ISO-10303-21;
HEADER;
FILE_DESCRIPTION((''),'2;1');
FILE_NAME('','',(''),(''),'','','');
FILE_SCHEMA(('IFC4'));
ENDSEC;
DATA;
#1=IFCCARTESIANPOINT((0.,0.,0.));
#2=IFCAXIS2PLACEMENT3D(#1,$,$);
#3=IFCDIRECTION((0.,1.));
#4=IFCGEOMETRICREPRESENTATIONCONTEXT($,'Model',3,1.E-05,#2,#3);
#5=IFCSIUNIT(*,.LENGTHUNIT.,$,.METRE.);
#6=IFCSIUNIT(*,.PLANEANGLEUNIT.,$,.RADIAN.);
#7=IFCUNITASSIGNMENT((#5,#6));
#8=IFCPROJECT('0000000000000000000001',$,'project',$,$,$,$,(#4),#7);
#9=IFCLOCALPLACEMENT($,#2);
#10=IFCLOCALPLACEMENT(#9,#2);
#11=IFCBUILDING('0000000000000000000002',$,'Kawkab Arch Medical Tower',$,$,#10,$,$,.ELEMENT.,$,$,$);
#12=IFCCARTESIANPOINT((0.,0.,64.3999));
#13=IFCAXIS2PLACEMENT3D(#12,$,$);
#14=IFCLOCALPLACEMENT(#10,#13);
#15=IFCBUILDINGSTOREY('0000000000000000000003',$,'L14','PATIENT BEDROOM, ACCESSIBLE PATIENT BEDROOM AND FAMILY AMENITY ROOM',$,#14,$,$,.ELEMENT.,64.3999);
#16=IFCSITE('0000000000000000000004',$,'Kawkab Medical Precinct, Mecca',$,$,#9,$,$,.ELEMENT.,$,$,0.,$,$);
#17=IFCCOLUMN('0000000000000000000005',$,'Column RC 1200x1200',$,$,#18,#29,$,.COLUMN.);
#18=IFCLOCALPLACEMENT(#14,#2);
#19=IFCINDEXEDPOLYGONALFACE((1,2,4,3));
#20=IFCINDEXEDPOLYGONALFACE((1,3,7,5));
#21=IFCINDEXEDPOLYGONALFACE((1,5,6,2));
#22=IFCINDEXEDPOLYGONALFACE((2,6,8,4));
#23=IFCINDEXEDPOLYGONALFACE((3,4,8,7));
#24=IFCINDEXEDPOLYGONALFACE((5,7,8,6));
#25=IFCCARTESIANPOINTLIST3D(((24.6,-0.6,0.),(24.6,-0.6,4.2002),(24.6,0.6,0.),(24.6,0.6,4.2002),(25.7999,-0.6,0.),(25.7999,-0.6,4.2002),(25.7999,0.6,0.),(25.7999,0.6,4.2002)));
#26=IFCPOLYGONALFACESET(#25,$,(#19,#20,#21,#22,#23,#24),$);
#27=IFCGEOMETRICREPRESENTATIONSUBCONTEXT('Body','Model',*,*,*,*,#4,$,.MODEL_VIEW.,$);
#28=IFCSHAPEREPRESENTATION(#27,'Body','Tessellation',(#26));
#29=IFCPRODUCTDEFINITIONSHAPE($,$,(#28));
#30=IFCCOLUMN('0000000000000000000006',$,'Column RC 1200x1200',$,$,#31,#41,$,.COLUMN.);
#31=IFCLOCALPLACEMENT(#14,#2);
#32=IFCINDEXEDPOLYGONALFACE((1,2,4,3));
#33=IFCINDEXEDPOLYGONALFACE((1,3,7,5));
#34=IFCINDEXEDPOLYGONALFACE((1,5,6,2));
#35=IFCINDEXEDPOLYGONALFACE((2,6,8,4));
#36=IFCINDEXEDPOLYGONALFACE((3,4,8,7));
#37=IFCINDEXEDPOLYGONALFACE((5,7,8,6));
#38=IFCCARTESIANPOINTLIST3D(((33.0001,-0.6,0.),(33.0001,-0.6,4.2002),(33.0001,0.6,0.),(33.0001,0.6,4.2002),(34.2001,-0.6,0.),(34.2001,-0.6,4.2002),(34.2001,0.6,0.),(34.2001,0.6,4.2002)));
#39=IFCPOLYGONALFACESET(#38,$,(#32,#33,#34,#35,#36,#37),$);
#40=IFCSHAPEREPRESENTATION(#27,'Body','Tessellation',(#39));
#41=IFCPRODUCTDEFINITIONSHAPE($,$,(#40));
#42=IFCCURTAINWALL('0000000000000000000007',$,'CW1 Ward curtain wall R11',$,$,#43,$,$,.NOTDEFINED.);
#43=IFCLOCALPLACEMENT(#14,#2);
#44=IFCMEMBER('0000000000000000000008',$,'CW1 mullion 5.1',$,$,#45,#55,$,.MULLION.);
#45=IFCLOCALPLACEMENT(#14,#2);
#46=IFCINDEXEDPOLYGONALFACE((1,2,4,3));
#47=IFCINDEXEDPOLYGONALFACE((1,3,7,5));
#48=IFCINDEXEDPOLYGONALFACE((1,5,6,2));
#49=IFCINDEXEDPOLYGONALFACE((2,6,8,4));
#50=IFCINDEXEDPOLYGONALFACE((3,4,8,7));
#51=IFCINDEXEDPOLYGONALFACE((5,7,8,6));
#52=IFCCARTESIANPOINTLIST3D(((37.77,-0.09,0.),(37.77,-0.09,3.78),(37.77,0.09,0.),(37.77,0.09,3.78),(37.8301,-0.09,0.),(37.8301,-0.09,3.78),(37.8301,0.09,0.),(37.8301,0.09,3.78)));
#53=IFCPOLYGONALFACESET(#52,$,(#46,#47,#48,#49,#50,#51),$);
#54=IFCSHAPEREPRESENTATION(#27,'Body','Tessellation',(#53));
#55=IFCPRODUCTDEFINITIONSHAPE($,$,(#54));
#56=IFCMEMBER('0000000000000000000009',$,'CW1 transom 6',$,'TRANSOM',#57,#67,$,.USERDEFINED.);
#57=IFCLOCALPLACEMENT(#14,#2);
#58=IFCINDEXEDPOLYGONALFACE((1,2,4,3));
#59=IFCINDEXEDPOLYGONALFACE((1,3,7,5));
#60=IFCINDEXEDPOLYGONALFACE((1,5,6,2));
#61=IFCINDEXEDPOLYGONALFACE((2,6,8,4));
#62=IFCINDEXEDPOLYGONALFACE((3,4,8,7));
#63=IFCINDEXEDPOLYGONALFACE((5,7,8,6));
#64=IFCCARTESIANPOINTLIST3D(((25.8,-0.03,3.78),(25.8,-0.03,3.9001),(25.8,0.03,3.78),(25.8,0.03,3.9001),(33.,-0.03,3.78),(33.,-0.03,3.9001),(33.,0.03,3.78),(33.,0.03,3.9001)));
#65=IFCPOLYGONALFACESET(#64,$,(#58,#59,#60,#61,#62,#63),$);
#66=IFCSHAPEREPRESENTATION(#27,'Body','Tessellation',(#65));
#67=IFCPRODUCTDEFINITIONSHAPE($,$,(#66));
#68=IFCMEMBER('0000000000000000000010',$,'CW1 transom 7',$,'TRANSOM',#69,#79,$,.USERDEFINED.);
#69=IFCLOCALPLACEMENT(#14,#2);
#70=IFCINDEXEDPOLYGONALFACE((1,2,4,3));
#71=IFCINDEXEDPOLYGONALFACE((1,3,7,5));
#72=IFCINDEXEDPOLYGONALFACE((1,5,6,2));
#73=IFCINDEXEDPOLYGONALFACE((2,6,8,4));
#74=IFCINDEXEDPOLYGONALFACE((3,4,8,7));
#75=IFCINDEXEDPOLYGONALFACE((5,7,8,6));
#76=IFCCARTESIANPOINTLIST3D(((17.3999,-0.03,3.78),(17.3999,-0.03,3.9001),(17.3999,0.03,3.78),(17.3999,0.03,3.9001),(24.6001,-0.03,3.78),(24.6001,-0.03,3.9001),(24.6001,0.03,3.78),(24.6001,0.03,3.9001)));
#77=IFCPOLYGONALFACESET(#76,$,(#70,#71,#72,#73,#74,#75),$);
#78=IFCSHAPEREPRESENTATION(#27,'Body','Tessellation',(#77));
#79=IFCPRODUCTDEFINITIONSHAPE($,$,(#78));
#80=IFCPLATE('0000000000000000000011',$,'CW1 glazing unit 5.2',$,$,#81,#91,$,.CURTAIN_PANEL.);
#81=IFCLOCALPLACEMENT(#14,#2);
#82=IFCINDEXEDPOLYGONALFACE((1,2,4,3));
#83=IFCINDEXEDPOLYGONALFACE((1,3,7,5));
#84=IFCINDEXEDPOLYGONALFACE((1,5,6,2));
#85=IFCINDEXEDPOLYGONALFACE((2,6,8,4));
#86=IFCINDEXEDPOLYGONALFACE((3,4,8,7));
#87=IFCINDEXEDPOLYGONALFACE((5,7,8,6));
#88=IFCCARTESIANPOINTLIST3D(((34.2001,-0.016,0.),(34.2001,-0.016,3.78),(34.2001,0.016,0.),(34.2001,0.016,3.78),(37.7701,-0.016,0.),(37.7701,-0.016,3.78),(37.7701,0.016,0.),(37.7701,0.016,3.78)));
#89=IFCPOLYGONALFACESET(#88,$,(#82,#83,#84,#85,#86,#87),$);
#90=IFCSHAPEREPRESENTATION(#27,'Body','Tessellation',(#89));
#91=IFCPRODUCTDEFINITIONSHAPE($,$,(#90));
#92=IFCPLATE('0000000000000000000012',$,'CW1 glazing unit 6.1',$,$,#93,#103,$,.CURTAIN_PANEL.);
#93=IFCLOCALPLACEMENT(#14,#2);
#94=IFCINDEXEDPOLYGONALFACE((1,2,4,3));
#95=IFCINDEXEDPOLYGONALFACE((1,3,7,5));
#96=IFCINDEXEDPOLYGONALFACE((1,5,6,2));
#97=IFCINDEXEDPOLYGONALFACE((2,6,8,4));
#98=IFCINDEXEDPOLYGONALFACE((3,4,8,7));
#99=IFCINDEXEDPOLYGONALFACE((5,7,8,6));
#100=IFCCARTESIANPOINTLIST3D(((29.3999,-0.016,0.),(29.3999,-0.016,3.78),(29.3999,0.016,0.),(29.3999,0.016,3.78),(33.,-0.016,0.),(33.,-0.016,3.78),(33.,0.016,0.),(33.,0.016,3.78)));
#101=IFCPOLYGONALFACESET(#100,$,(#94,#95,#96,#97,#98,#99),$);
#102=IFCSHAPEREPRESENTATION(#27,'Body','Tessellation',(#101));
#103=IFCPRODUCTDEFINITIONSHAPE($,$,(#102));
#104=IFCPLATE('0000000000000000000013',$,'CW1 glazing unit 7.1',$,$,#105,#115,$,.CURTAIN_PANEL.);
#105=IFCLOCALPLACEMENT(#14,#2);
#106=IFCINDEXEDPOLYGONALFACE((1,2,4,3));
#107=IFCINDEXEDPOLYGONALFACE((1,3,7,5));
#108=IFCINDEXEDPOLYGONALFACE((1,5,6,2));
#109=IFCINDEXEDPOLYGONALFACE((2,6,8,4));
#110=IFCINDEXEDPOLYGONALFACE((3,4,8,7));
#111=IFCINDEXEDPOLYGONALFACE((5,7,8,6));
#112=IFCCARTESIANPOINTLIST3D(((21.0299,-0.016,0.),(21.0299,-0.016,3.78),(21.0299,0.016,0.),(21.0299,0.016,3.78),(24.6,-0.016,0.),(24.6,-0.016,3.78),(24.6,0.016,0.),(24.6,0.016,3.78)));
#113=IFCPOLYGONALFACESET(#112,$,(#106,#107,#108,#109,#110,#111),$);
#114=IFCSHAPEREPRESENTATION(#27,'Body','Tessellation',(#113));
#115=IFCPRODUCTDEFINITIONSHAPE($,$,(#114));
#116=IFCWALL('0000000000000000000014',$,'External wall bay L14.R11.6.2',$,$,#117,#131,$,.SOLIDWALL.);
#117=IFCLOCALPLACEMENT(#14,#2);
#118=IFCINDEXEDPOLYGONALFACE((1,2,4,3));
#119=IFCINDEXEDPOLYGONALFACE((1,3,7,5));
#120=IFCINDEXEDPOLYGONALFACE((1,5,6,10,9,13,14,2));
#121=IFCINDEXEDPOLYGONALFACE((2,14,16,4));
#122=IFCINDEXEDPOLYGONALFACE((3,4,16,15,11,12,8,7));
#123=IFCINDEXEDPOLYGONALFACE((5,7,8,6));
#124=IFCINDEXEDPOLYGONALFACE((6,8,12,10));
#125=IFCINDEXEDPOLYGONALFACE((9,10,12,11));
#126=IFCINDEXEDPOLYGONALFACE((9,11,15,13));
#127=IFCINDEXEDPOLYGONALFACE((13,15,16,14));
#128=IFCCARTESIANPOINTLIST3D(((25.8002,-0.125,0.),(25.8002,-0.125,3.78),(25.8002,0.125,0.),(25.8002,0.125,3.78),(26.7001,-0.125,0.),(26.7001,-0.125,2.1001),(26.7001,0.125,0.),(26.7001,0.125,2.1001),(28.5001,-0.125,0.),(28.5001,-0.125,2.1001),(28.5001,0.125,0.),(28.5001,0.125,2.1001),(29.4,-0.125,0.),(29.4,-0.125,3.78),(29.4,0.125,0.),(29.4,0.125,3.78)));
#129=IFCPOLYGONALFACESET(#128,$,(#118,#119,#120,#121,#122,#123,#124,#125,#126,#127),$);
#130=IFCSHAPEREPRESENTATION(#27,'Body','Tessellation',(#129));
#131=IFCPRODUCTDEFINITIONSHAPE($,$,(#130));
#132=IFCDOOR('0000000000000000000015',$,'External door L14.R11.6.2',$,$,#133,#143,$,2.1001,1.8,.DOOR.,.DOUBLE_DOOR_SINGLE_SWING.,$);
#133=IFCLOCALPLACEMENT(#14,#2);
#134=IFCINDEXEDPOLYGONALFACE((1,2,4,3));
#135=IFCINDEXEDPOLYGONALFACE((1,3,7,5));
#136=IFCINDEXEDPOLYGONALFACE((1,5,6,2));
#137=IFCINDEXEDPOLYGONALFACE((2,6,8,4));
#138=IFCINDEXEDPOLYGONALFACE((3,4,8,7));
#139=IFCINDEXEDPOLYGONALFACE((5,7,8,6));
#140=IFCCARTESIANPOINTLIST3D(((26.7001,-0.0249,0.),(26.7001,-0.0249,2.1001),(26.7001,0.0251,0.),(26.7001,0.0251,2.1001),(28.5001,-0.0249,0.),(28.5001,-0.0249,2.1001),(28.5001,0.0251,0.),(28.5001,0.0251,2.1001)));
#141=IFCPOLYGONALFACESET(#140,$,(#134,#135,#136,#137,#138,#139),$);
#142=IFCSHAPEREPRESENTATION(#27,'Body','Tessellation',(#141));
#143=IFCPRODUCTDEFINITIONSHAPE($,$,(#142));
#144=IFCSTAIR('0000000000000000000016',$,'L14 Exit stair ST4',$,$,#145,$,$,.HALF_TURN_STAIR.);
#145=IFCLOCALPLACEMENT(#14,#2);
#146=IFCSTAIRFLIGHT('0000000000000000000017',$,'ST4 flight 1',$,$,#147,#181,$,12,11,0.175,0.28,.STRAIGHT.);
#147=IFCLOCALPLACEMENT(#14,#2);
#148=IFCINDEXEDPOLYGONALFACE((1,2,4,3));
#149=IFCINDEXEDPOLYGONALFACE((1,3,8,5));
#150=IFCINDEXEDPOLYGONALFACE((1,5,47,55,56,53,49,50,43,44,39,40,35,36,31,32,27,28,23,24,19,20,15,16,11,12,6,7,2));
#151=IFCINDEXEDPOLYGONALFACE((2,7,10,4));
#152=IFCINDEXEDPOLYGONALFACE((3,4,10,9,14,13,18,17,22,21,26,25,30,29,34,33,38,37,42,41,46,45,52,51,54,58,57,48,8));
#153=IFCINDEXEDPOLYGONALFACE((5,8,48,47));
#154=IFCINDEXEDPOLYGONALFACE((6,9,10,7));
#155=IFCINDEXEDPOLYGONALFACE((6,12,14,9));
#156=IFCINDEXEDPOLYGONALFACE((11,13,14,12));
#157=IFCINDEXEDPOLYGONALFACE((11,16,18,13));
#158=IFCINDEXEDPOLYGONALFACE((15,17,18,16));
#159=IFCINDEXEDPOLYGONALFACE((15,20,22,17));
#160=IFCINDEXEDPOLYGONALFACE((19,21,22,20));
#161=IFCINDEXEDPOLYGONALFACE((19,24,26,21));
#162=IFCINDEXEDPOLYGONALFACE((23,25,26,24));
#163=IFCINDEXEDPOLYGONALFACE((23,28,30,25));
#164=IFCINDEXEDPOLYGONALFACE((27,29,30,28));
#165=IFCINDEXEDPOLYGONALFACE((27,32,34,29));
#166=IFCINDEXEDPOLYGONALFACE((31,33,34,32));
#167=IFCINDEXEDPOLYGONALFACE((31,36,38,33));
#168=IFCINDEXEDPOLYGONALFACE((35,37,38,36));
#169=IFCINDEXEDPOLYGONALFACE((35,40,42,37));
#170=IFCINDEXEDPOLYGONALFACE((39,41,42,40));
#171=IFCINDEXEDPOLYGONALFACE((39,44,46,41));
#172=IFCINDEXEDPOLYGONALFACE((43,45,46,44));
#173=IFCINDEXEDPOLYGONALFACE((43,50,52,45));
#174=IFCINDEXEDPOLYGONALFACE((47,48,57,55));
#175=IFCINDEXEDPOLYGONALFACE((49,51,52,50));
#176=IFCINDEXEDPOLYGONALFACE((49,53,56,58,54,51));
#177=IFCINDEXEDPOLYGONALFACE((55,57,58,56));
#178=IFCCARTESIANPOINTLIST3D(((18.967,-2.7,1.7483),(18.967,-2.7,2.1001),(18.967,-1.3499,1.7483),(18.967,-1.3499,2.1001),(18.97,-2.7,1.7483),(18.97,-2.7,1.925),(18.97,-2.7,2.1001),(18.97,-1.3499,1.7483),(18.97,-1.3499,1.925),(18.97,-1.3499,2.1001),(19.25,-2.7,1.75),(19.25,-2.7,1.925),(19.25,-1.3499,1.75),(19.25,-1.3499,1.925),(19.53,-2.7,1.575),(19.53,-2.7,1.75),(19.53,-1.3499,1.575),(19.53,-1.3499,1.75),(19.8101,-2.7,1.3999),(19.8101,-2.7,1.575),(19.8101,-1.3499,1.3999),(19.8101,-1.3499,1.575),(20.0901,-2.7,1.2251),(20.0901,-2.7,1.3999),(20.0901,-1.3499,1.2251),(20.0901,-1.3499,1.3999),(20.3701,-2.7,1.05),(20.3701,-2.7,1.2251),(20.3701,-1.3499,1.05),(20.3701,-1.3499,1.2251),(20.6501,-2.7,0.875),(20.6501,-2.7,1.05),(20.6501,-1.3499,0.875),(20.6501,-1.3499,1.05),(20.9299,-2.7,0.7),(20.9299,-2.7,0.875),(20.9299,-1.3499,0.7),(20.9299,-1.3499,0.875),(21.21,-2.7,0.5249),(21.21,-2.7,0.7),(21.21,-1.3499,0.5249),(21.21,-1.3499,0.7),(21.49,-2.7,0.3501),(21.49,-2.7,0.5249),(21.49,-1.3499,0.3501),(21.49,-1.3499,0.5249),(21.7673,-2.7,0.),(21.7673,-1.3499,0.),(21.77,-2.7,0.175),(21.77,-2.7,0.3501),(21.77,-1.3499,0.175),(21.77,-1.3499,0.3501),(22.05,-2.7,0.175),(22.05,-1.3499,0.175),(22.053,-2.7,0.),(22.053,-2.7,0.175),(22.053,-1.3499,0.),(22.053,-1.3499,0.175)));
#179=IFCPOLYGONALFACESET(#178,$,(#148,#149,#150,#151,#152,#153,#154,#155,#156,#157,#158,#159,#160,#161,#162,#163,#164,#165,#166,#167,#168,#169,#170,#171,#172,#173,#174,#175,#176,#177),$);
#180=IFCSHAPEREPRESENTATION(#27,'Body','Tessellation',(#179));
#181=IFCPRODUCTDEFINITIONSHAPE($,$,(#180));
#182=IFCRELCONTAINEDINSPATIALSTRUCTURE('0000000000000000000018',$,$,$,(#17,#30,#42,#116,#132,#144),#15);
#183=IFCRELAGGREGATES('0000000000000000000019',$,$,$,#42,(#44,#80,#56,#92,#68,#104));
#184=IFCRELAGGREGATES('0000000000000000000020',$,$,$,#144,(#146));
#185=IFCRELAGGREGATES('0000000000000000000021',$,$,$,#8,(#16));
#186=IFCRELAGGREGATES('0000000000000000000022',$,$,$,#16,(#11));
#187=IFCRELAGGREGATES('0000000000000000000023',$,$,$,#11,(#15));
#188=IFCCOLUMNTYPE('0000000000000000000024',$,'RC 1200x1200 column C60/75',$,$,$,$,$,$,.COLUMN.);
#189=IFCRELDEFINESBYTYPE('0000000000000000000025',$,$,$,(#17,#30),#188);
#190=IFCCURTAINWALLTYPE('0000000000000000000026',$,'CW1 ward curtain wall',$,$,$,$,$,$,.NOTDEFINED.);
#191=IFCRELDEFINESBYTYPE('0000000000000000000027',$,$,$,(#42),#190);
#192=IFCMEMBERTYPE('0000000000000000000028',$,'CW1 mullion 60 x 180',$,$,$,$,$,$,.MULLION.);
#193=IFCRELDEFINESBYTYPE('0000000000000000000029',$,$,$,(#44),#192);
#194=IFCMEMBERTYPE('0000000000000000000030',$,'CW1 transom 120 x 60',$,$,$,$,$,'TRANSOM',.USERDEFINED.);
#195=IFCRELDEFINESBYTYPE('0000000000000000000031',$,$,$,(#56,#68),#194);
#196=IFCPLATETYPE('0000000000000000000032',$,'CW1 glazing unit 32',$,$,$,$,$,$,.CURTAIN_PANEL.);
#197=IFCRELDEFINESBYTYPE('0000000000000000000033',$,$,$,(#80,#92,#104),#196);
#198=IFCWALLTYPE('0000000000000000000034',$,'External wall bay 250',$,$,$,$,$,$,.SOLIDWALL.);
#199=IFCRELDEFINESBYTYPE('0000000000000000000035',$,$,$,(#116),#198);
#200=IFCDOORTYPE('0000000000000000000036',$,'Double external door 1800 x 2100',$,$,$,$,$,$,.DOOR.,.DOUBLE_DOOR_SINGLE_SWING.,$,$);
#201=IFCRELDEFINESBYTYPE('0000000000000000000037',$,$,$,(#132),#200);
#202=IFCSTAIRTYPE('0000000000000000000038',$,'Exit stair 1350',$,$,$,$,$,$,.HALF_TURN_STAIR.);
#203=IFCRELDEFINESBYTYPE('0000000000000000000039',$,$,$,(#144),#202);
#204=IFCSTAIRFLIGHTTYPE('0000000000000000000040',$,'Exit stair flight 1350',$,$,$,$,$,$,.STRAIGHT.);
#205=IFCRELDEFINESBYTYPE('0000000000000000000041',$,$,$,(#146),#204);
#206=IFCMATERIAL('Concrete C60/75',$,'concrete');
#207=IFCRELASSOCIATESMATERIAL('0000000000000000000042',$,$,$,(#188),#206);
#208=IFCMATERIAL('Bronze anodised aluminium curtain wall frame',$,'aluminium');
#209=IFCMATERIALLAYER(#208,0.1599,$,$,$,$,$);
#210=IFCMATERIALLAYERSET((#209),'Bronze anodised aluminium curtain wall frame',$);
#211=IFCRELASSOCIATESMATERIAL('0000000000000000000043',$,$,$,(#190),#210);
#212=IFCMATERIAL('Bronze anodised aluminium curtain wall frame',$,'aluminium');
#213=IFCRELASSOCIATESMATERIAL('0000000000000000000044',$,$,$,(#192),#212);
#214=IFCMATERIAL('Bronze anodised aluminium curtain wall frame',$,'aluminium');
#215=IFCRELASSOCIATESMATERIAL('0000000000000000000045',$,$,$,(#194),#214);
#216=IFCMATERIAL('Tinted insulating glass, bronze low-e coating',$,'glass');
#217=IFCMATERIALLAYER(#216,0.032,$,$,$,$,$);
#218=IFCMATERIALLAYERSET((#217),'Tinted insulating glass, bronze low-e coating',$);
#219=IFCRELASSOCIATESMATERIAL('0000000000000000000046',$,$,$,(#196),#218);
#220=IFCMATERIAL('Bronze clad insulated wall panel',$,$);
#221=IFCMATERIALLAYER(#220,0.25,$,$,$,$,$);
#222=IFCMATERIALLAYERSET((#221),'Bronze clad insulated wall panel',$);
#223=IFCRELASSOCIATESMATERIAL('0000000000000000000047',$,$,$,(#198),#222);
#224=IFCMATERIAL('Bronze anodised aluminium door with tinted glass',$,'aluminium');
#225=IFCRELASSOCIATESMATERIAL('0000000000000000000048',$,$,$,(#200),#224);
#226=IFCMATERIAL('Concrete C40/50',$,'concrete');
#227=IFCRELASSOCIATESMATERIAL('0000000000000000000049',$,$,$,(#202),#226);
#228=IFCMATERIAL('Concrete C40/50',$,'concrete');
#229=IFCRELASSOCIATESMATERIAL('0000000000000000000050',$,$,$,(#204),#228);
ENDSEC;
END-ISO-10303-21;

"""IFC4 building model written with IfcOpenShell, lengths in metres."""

from ifc_helpers import new_model, si_unit, direction, frame, frame_2d, origin, origin_2d, place, context, subcontext, project, spatial, polyline, rectangle, outline, extrude, material, layer, layer_set, material_profile, profile_set, type_object, element, fill, aggregate, save


model = new_model("IFC4")

# Units and contexts
model_context = context("Model", 3, precision=1e-05, world=origin(), true_north=direction((0.0, 1.0)))
body_context = subcontext(model_context, "Body", "Model", "MODEL_VIEW")
ifc_project = project(units=[si_unit("LENGTHUNIT", "METRE"), si_unit("PLANEANGLEUNIT", "RADIAN")], contexts=[model_context])

# Site, building, storey
site_placement = place(None, origin())
site = spatial("IfcSite", under=ifc_project, at=site_placement, Name="Kawkab Medical Precinct, Mecca", CompositionType="ELEMENT", RefElevation=0.0)
building_placement = place(site_placement, origin())
building = spatial("IfcBuilding", under=site, at=building_placement, Name="Kawkab Arch Medical Tower", CompositionType="ELEMENT")
storey_placement = place(building_placement, frame((0.0, 0.0, 64.3999)))
storey = spatial("IfcBuildingStorey", under=building, at=storey_placement, Name="L14", Description="PATIENT BEDROOM, ACCESSIBLE PATIENT BEDROOM AND FAMILY AMENITY ROOM", CompositionType="ELEMENT", Elevation=64.3999)

# Columns
ifc_material_1 = material(Name="Concrete C60/75", Category="concrete")
ifc_material_profile_1 = material_profile(ifc_material_1, rectangle(XDim=1.2, YDim=1.2, at=origin_2d()), Name="RC 1200x1200")
ifc_profile_set_1 = profile_set([ifc_material_profile_1], Name="Concrete C60/75")
column_type = type_object("IfcColumnType", Name="RC 1200x1200 column C60/75", PredefinedType="COLUMN", material=ifc_profile_set_1)
for number, where, z_axis, x_axis, name in (
    (1, (25.2, 0.0, 0.0), (0.0, 0.0, 1.0), (1.0, 0.0, 0.0), "Column RC 1200x1200"),
    (2, (33.6001, 0.0, 0.0), (0.0, 0.0, 1.0), (1.0, 0.0, 0.0), "Column RC 1200x1200"),
):
    element("IfcColumn", number, at=place(storey_placement, frame(where, z_axis=z_axis, x_axis=x_axis)), inside=storey, type_object=column_type, Name=name, PredefinedType="COLUMN", context=body_context, shape_type="SweptSolid", body=[
        extrude(rectangle(XDim=1.2, YDim=1.2, at=origin_2d()), origin(), (0.0, 0.0, 1.0), 4.2002),
    ])

# Curtain wall, members, plates
ifc_material_2 = material(Name="Bronze anodised aluminium curtain wall frame", Category="aluminium")
ifc_layer_1 = layer(ifc_material_2, 0.1599)
ifc_layer_set_1 = layer_set([ifc_layer_1], Name="Bronze anodised aluminium curtain wall frame")
curtain_wall_type = type_object("IfcCurtainWallType", Name="CW1 ward curtain wall", PredefinedType="NOTDEFINED", material=ifc_layer_set_1)
placement = place(storey_placement, origin())
curtain_wall = element("IfcCurtainWall", 3, at=placement, inside=storey, type_object=curtain_wall_type, Name="CW1 Ward curtain wall R11", PredefinedType="NOTDEFINED")
ifc_material_3 = material(Name="Bronze anodised aluminium curtain wall frame", Category="aluminium")
ifc_material_profile_2 = material_profile(ifc_material_3, rectangle(XDim=0.1799, YDim=0.0601, at=origin_2d()), Name="AL 60x180")
ifc_profile_set_2 = profile_set([ifc_material_profile_2], Name="Bronze anodised aluminium curtain wall frame")
member_type_1 = type_object("IfcMemberType", Name="CW1 mullion 60 x 180", PredefinedType="MULLION", material=ifc_profile_set_2)
member_1_placement = place(storey_placement, frame((37.8, 0.0, 0.0), z_axis=(0.0, 0.0, 1.0), x_axis=(0.0, -1.0, 0.0)))
member_1 = element("IfcMember", 4, at=member_1_placement, type_object=member_type_1, Name="CW1 mullion 5.1", PredefinedType="MULLION", context=body_context, shape_type="SweptSolid", body=[
    extrude(rectangle(XDim=0.1799, YDim=0.0601, at=origin_2d()), origin(), (0.0, 0.0, 1.0), 3.78),
])
ifc_material_4 = material(Name="Bronze anodised aluminium curtain wall frame", Category="aluminium")
ifc_material_profile_3 = material_profile(ifc_material_4, rectangle(XDim=0.0601, YDim=0.1201, at=origin_2d()), Name="AL 60x120")
ifc_profile_set_3 = profile_set([ifc_material_profile_3], Name="Bronze anodised aluminium curtain wall frame")
member_type_2 = type_object("IfcMemberType", Name="CW1 transom 120 x 60", ElementType="TRANSOM", PredefinedType="USERDEFINED", material=ifc_profile_set_3)
member_2_placement = place(storey_placement, frame((33.0, 0.0, 3.8401), z_axis=(-1.0, 0.0, 0.0), x_axis=(0.0, -1.0, 0.0)))
member_2 = element("IfcMember", 5, at=member_2_placement, type_object=member_type_2, Name="CW1 transom 6", ObjectType="TRANSOM", PredefinedType="USERDEFINED", context=body_context, shape_type="SweptSolid", body=[
    extrude(rectangle(XDim=0.0601, YDim=0.1201, at=origin_2d()), origin(), (0.0, 0.0, 1.0), 7.2),
])
member_3_placement = place(storey_placement, frame((24.6001, 0.0, 3.8401), z_axis=(-1.0, 0.0, 0.0), x_axis=(0.0, -1.0, 0.0)))
member_3 = element("IfcMember", 6, at=member_3_placement, type_object=member_type_2, Name="CW1 transom 7", ObjectType="TRANSOM", PredefinedType="USERDEFINED", context=body_context, shape_type="SweptSolid", body=[
    extrude(rectangle(XDim=0.0601, YDim=0.1201, at=origin_2d()), origin(), (0.0, 0.0, 1.0), 7.2002),
])
ifc_material_5 = material(Name="Tinted insulating glass, bronze low-e coating", Category="glass")
ifc_layer_2 = layer(ifc_material_5, 0.032)
ifc_layer_set_2 = layer_set([ifc_layer_2], Name="Tinted insulating glass, bronze low-e coating")
plate_type = type_object("IfcPlateType", Name="CW1 glazing unit 32", PredefinedType="CURTAIN_PANEL", material=ifc_layer_set_2)
plate_1_placement = place(storey_placement, frame((35.9851, 0.0, 0.0), z_axis=(0.0, 0.0, 1.0), x_axis=(-1.0, 0.0, 0.0)))
plate_1 = element("IfcPlate", 7, at=plate_1_placement, type_object=plate_type, Name="CW1 glazing unit 5.2", PredefinedType="CURTAIN_PANEL", context=body_context, shape_type="SweptSolid", body=[
    extrude(rectangle(XDim=3.5701, YDim=0.032, at=origin_2d()), origin(), (0.0, 0.0, 1.0), 3.78),
])
plate_2_placement = place(storey_placement, frame((31.2, 0.0, 0.0), z_axis=(0.0, 0.0, 1.0), x_axis=(-1.0, 0.0, 0.0)))
plate_2 = element("IfcPlate", 8, at=plate_2_placement, type_object=plate_type, Name="CW1 glazing unit 6.1", PredefinedType="CURTAIN_PANEL", context=body_context, shape_type="SweptSolid", body=[
    extrude(rectangle(XDim=3.6001, YDim=0.032, at=origin_2d()), origin(), (0.0, 0.0, 1.0), 3.78),
])
plate_3_placement = place(storey_placement, frame((22.8149, 0.0, 0.0), z_axis=(0.0, 0.0, 1.0), x_axis=(-1.0, 0.0, 0.0)))
plate_3 = element("IfcPlate", 9, at=plate_3_placement, type_object=plate_type, Name="CW1 glazing unit 7.1", PredefinedType="CURTAIN_PANEL", context=body_context, shape_type="SweptSolid", body=[
    extrude(rectangle(XDim=3.5701, YDim=0.032, at=origin_2d()), origin(), (0.0, 0.0, 1.0), 3.78),
])
aggregate(curtain_wall, [member_1, plate_1, member_2, plate_2, member_3, plate_3])

# Wall, opening, door
ifc_material_6 = material(Name="Bronze clad insulated wall panel")
ifc_layer_3 = layer(ifc_material_6, 0.25)
ifc_layer_set_3 = layer_set([ifc_layer_3], Name="Bronze clad insulated wall panel")
wall_type = type_object("IfcWallType", Name="External wall bay 250", PredefinedType="SOLIDWALL", material=ifc_layer_set_3)
wall_placement = place(storey_placement, frame((29.3999, 0.0, 0.0), z_axis=(0.0, 0.0, 1.0), x_axis=(-1.0, 0.0, 0.0)))
wall = element("IfcWall", 10, at=wall_placement, inside=storey, type_object=wall_type, Name="External wall bay L14.R11.6.2", PredefinedType="SOLIDWALL", context=body_context, shape_type="SweptSolid", body=[
    extrude(rectangle(XDim=3.5999, YDim=0.25, at=frame_2d((1.7998, 0.0))), origin(), (0.0, 0.0, 1.0), 3.78),
])
opening_placement = place(wall_placement, frame((0.8999, 0.0, 0.0)))
opening = element("IfcOpeningElement", 11, at=opening_placement, cuts=wall, PredefinedType="OPENING", context=body_context, shape_type="SweptSolid", body=[
    extrude(rectangle(XDim=1.8, YDim=2.1001, at=frame_2d((0.8999, 1.05))), frame((0.0, 0.135, 0.0), z_axis=(0.0, -1.0, 0.0), x_axis=(1.0, 0.0, 0.0)), (0.0, 0.0, 1.0), 0.27),
])
ifc_material_7 = material(Name="Bronze anodised aluminium door with tinted glass", Category="aluminium")
door_type = type_object("IfcDoorType", Name="Double external door 1800 x 2100", OperationType="DOUBLE_DOOR_SINGLE_SWING", PredefinedType="DOOR", material=ifc_material_7)
door_placement = place(opening_placement, origin())
door = element("IfcDoor", 12, at=door_placement, inside=storey, type_object=door_type, Name="External door L14.R11.6.2", OperationType="DOUBLE_DOOR_SINGLE_SWING", OverallHeight=2.1001, OverallWidth=1.8, PredefinedType="DOOR", context=body_context, shape_type="SweptSolid", body=[
    extrude(rectangle(XDim=1.8, YDim=2.1001, at=frame_2d((0.8999, 1.05))), frame((0.0, 0.0249, 0.0), z_axis=(0.0, -1.0, 0.0), x_axis=(1.0, 0.0, 0.0)), (0.0, 0.0, 1.0), 0.05),
])
fill(opening, door)

# Stair, stair flight
ifc_material_8 = material(Name="Concrete C40/50", Category="concrete")
stair_type = type_object("IfcStairType", Name="Exit stair 1350", PredefinedType="HALF_TURN_STAIR", material=ifc_material_8)
stair = element("IfcStair", 13, at=placement, inside=storey, type_object=stair_type, Name="L14 Exit stair ST4", PredefinedType="HALF_TURN_STAIR")
ifc_material_9 = material(Name="Concrete C40/50", Category="concrete")
stair_flight_type = type_object("IfcStairFlightType", Name="Exit stair flight 1350", PredefinedType="STRAIGHT", material=ifc_material_9)
stair_flight_placement = place(storey_placement, frame((22.05, -2.0249, 0.0), z_axis=(0.0, 0.0, 1.0), x_axis=(-1.0, 0.0, 0.0)))
stair_flight = element("IfcStairFlight", 14, at=stair_flight_placement, type_object=stair_flight_type, Name="ST4 flight 1", NumberOfRisers=12, NumberOfTreads=11, PredefinedType="STRAIGHT", RiserHeight=0.175, TreadLength=0.28, context=body_context, shape_type="SweptSolid", body=[
    extrude(outline(polyline([(-0.0029, 0.0), (-0.0029, 0.175), (0.0, 0.175), (0.28, 0.175), (0.28, 0.3501), (0.5601, 0.3501), (0.5601, 0.5249), (0.8401, 0.5249), (0.8401, 0.7), (1.1201, 0.7), (1.1201, 0.875), (1.3999, 0.875), (1.3999, 1.05), (1.6799, 1.05), (1.6799, 1.2251), (1.96, 1.2251), (1.96, 1.3999), (2.24, 1.3999), (2.24, 1.575), (2.52, 1.575), (2.52, 1.75), (2.8, 1.75), (2.8, 1.925), (3.0801, 1.925), (3.0801, 2.1001), (3.083, 2.1001), (3.083, 1.7483), (3.0801, 1.7483), (0.2827, 0.0), (-0.0029, 0.0)])), frame((0.0, 0.675, 0.0), z_axis=(0.0, -1.0, 0.0), x_axis=(1.0, 0.0, 0.0)), (0.0, 0.0, 1.0), 1.3501),
])
aggregate(stair, [stair_flight])

save(model, "model.ifc")
